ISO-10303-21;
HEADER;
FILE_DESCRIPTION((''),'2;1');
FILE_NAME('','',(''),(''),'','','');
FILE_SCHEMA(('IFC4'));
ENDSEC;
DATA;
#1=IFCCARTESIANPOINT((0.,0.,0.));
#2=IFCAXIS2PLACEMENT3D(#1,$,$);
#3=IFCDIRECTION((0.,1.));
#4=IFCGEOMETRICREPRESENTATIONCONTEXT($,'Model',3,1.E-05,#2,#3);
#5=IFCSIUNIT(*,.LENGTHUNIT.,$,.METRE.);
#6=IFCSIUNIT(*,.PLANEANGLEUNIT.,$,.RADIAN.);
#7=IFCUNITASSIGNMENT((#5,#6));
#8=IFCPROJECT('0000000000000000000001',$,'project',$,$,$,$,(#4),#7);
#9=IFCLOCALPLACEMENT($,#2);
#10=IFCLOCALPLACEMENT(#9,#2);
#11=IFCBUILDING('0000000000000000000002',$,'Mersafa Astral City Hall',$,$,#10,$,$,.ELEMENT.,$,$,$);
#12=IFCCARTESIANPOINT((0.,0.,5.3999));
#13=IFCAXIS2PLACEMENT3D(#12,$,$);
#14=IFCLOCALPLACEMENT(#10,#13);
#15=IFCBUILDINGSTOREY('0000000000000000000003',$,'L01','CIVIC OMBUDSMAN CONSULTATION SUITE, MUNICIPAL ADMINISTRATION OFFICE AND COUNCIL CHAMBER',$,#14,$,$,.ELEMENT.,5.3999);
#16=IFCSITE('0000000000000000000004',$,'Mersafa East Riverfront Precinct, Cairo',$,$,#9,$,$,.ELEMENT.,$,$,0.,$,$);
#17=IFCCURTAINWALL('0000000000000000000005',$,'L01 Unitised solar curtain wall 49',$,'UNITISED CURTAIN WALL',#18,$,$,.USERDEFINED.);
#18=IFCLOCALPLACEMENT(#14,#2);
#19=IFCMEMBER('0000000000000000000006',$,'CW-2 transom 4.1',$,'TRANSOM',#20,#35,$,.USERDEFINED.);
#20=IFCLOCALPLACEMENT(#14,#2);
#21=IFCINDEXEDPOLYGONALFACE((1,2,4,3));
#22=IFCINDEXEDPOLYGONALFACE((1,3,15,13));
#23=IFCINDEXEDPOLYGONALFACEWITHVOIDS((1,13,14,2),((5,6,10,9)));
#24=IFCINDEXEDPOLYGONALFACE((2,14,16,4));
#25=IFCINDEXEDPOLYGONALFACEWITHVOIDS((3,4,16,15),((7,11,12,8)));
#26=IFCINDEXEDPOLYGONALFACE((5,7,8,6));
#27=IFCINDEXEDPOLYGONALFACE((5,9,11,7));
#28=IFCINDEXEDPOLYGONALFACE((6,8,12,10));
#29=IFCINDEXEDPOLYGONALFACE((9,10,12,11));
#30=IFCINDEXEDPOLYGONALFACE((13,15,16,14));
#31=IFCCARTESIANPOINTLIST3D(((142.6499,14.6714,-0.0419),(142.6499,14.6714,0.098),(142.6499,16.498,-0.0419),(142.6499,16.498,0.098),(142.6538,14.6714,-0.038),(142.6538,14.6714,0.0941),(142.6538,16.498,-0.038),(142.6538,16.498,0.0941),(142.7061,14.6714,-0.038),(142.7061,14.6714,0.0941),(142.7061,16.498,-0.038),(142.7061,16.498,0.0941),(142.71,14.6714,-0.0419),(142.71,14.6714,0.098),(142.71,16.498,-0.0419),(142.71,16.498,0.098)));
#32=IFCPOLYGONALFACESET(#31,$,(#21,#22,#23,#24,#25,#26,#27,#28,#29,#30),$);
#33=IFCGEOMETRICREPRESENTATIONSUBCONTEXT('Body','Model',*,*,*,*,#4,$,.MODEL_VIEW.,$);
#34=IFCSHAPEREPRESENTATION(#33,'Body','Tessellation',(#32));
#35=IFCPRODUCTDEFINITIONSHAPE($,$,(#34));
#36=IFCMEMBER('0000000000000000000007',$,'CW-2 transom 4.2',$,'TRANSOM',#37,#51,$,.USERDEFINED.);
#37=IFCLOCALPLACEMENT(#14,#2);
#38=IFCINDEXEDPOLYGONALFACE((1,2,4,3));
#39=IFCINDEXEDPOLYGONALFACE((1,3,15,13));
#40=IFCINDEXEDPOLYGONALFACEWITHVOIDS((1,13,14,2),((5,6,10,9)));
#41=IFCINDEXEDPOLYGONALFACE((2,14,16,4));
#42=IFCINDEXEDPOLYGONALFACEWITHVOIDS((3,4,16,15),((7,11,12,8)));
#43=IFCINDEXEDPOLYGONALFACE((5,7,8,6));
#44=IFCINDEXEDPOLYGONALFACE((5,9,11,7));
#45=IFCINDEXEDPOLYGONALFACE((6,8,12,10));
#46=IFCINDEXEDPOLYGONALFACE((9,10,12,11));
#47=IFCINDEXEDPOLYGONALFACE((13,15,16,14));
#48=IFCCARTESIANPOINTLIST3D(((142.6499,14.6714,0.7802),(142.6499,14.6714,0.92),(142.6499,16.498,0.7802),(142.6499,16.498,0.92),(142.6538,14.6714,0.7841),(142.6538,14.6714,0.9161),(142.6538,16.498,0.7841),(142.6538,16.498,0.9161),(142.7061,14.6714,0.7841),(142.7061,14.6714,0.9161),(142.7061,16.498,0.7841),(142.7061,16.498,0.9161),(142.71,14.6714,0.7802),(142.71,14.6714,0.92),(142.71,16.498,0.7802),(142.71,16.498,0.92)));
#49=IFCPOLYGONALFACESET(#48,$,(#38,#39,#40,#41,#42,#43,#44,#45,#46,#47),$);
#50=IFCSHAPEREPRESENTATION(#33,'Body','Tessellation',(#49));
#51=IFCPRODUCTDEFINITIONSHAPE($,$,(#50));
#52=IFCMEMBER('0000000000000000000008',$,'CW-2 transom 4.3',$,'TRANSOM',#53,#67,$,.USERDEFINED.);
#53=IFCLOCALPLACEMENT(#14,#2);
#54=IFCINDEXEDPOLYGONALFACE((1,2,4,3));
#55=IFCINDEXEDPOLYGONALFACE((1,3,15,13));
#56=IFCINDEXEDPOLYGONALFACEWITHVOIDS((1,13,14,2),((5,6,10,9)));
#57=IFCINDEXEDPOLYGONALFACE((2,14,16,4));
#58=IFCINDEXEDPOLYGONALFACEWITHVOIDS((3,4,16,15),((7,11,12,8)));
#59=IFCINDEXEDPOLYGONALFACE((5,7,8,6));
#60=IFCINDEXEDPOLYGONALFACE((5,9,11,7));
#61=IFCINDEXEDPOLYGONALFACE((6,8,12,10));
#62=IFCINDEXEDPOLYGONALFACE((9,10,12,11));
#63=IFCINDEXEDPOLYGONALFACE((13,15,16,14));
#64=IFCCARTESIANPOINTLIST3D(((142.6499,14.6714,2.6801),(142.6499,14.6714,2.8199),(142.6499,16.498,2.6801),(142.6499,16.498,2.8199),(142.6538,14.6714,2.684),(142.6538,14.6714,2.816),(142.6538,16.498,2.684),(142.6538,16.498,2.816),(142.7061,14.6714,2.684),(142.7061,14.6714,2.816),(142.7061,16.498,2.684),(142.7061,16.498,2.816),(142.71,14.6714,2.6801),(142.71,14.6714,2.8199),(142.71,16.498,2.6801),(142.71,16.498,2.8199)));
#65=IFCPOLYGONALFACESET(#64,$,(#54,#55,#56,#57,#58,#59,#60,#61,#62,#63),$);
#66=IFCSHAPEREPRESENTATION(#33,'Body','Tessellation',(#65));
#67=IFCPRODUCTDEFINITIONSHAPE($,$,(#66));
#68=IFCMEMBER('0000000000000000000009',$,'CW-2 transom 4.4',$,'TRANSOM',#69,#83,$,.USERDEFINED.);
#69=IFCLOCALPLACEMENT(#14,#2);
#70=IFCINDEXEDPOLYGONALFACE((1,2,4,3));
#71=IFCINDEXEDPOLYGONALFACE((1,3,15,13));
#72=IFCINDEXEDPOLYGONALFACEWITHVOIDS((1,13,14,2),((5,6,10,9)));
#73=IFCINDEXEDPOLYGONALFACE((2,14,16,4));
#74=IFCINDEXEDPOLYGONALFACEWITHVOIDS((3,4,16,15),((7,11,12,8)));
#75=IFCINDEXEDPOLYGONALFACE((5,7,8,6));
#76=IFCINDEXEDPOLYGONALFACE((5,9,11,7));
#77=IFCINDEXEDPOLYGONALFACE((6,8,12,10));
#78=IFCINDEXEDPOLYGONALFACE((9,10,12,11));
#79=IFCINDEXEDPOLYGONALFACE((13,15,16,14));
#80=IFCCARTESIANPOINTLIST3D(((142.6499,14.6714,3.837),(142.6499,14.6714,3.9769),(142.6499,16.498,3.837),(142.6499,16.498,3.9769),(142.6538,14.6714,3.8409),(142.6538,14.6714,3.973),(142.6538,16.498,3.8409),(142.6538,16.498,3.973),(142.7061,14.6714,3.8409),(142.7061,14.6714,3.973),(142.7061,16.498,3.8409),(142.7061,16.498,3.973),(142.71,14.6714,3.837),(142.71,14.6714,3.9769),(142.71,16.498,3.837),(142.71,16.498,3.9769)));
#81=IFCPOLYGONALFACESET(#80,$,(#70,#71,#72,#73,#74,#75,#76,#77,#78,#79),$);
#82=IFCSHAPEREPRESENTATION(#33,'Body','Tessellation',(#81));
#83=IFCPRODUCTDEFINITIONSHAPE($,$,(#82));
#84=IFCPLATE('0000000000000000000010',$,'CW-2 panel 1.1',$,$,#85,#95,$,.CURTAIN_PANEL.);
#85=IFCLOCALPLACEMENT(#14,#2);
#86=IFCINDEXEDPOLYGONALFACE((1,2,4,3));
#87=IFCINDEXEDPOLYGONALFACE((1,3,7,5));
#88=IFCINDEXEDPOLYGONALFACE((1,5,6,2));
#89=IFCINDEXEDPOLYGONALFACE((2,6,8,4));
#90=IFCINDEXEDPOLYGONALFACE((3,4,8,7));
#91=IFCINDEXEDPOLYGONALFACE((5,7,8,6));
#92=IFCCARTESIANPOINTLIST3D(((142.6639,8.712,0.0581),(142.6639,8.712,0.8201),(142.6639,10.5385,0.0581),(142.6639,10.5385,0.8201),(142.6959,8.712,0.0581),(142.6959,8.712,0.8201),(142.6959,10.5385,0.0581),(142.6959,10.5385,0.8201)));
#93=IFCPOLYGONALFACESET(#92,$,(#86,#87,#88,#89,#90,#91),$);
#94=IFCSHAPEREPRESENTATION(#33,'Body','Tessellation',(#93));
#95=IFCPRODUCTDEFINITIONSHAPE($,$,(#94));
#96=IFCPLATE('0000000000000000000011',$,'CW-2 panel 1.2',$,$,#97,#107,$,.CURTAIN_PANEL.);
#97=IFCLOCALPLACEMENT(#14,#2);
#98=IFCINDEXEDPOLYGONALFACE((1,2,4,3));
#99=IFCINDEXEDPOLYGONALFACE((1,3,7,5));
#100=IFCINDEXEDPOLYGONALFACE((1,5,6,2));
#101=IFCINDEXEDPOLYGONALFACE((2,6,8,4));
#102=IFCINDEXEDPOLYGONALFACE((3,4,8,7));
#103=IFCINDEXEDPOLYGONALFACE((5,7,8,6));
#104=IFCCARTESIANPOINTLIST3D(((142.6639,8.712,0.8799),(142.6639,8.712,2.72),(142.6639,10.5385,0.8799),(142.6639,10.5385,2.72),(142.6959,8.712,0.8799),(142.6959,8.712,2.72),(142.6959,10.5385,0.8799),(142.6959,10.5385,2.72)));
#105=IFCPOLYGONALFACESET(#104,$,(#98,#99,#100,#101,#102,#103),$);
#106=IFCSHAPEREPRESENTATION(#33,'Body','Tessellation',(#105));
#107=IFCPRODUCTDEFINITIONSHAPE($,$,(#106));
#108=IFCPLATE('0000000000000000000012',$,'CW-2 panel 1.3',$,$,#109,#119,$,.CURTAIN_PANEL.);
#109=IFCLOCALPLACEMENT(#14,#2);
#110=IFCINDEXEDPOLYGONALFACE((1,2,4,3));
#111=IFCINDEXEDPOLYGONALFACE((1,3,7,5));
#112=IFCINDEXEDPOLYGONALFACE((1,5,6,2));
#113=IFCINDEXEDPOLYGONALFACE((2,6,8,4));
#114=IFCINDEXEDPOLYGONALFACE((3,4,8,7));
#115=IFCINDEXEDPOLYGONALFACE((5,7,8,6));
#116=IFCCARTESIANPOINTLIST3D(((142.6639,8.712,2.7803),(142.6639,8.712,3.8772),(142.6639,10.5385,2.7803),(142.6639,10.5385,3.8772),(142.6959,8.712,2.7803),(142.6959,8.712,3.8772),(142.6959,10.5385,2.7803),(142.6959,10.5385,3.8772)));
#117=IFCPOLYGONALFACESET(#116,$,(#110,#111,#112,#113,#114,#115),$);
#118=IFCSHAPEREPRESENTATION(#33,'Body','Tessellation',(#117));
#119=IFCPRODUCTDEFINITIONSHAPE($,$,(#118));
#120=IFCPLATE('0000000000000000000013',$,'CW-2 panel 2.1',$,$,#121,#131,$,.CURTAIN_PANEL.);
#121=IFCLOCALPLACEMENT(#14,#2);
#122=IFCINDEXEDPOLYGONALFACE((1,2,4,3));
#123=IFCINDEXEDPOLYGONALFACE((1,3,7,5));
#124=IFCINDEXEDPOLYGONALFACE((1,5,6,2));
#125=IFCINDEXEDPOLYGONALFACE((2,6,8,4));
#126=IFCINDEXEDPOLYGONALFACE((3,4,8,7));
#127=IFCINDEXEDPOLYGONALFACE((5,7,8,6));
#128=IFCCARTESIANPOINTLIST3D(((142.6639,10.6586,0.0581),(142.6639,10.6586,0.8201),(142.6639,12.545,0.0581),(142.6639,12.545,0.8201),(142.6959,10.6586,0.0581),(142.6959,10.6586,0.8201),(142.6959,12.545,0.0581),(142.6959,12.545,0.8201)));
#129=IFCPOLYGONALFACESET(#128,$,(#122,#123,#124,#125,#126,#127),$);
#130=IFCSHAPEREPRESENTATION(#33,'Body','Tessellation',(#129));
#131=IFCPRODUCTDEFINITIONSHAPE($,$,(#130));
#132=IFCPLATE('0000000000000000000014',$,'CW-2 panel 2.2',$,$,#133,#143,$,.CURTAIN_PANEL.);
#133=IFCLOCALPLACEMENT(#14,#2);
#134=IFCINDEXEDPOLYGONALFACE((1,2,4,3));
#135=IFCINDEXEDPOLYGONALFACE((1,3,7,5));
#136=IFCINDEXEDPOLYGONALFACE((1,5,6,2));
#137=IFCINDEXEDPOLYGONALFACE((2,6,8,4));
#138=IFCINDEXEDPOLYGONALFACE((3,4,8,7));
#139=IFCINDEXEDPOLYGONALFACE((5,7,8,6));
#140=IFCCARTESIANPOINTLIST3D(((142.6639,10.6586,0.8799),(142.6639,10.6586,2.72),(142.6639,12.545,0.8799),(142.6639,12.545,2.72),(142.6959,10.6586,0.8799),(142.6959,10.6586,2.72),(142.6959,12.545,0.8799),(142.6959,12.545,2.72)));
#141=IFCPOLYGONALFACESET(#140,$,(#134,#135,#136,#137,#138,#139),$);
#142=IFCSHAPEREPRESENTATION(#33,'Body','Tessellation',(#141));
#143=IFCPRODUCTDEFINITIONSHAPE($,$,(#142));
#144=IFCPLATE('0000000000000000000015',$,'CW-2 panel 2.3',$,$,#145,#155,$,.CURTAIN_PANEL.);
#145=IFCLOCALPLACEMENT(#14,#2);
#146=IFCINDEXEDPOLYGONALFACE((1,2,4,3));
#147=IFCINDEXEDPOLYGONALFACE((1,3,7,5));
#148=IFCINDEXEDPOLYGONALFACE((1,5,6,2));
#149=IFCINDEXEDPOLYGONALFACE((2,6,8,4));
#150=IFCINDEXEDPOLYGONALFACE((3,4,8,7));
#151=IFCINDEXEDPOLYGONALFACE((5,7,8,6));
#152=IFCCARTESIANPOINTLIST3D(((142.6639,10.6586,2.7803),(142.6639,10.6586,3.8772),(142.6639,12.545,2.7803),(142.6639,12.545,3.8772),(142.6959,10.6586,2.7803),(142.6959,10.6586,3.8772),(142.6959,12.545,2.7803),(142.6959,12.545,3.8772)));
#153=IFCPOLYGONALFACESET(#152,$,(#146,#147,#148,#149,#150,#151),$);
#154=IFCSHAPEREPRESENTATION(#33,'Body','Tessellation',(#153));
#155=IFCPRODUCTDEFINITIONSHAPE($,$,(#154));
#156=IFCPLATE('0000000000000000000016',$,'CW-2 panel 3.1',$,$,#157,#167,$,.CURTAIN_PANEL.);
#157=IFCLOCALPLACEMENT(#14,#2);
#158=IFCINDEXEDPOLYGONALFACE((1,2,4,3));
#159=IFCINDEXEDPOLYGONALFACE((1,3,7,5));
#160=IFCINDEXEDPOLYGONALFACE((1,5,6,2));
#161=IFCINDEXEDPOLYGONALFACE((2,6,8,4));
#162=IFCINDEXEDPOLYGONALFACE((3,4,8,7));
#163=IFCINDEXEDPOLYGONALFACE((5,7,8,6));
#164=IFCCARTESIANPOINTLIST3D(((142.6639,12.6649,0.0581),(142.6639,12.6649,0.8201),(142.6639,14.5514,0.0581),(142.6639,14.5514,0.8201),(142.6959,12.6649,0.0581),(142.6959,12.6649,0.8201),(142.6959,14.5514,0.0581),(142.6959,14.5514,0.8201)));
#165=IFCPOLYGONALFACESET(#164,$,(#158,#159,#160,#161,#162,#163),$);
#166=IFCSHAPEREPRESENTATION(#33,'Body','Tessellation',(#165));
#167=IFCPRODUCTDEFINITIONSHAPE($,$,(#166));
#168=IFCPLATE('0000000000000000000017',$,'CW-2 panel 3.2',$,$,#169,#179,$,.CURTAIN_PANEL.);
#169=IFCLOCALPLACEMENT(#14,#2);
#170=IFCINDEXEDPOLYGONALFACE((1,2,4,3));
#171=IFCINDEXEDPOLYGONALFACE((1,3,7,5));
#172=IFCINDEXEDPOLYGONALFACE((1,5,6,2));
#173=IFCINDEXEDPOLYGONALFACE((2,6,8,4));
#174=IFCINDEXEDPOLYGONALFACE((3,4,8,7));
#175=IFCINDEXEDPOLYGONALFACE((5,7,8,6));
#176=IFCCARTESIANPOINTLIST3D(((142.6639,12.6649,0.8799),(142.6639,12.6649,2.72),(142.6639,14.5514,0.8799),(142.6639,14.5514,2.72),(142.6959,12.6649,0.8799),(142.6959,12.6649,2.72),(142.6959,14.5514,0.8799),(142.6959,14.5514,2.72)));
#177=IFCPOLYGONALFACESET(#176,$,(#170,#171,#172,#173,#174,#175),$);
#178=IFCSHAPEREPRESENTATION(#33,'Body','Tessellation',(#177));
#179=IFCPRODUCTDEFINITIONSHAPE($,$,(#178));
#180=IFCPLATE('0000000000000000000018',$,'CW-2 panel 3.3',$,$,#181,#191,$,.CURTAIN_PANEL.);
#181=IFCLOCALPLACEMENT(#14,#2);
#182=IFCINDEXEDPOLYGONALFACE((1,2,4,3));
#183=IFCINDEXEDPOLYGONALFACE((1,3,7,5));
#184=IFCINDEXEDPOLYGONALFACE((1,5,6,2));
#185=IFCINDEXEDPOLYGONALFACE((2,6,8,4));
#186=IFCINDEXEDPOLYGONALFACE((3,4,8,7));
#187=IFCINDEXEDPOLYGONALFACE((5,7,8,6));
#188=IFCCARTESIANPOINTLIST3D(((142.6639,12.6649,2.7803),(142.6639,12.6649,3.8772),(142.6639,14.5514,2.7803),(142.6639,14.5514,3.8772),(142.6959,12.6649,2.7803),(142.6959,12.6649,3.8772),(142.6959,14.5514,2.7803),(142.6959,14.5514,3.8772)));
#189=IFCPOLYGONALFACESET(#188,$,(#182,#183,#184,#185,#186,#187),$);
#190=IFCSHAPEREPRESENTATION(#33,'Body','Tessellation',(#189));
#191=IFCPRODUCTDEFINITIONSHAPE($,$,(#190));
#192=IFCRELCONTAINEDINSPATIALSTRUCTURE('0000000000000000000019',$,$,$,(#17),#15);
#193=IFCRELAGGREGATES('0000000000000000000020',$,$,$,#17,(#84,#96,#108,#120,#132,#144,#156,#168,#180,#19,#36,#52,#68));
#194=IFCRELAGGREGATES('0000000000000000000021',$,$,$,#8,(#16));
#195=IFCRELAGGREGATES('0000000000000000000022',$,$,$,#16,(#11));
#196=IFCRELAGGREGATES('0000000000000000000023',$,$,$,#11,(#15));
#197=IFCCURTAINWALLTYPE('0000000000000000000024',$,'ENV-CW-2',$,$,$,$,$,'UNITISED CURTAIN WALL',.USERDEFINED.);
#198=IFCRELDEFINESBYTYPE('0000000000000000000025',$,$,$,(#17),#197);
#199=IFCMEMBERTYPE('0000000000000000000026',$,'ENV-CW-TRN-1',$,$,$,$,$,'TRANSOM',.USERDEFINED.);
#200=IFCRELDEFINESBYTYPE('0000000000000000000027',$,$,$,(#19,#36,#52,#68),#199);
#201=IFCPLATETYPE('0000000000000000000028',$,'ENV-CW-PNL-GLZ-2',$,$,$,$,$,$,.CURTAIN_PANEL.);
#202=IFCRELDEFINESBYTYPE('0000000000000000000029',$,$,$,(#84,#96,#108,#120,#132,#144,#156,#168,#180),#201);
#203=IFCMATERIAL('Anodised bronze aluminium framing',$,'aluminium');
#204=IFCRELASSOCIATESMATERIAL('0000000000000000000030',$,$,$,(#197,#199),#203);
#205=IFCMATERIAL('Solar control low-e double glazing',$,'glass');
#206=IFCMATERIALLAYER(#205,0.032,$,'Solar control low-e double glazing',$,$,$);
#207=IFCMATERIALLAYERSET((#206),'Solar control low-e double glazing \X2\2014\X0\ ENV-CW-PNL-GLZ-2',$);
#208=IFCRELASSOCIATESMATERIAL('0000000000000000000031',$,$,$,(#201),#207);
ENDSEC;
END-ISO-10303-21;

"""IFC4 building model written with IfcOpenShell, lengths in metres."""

from ifc_helpers import new_model, si_unit, direction, frame, origin, origin_2d, place, context, subcontext, project, spatial, rectangle, hollow_rectangle, extrude, material, layer, layer_set, material_profile, profile_set, type_object, element, aggregate, save


model = new_model("IFC4")

# Units and contexts
model_context = context("Model", 3, precision=1e-05, world=origin(), true_north=direction((0.0, 1.0)))
body_context = subcontext(model_context, "Body", "Model", "MODEL_VIEW")
ifc_project = project(units=[si_unit("LENGTHUNIT", "METRE"), si_unit("PLANEANGLEUNIT", "RADIAN")], contexts=[model_context])

# Site, building, storey
site_placement = place(None, origin())
site = spatial("IfcSite", under=ifc_project, at=site_placement, Name="Mersafa East Riverfront Precinct, Cairo", CompositionType="ELEMENT", RefElevation=0.0)
building_placement = place(site_placement, origin())
building = spatial("IfcBuilding", under=site, at=building_placement, Name="Mersafa Astral City Hall", CompositionType="ELEMENT")
storey_placement = place(building_placement, frame((0.0, 0.0, 5.3999)))
storey = spatial("IfcBuildingStorey", under=building, at=storey_placement, Name="L01", Description="CIVIC OMBUDSMAN CONSULTATION SUITE, MUNICIPAL ADMINISTRATION OFFICE AND COUNCIL CHAMBER", CompositionType="ELEMENT", Elevation=5.3999)

# Curtain wall, members, plates
ifc_material_1 = material(Name="Anodised bronze aluminium framing", Category="aluminium")
curtain_wall_type = type_object("IfcCurtainWallType", Name="ENV-CW-2", ElementType="UNITISED CURTAIN WALL", PredefinedType="USERDEFINED", material=ifc_material_1)
curtain_wall_placement = place(storey_placement, origin())
curtain_wall = element("IfcCurtainWall", 1, at=curtain_wall_placement, inside=storey, type_object=curtain_wall_type, Name="L01 Unitised solar curtain wall 49", ObjectType="UNITISED CURTAIN WALL", PredefinedType="USERDEFINED")
ifc_material_profile_1 = material_profile(ifc_material_1, hollow_rectangle(XDim=0.0601, YDim=0.1399, WallThickness=0.0039, at=origin_2d()), Name="RHS 60x140x4")
ifc_profile_set_1 = profile_set([ifc_material_profile_1], Name="Anodised bronze aluminium framing")
member_type_1 = type_object("IfcMemberType", Name="ENV-CW-TRN-1", ElementType="TRANSOM", PredefinedType="USERDEFINED", material=ifc_profile_set_1)
member_1_placement = place(storey_placement, frame((142.6799, 14.6714, 0.0281), z_axis=(0.0, 1.0, 0.0), x_axis=(-1.0, 0.0, 0.0)))
member_1 = element("IfcMember", 2, at=member_1_placement, type_object=member_type_1, Name="CW-2 transom 4.1", ObjectType="TRANSOM", PredefinedType="USERDEFINED", context=body_context, shape_type="SweptSolid", body=[
    extrude(hollow_rectangle(XDim=0.0601, YDim=0.1399, WallThickness=0.0039, at=origin_2d()), origin(), (0.0, 0.0, 1.0), 1.8267),
])
member_2_placement = place(storey_placement, frame((142.6799, 14.6714, 0.8501), z_axis=(0.0, 1.0, 0.0), x_axis=(-1.0, 0.0, 0.0)))
member_2 = element("IfcMember", 3, at=member_2_placement, type_object=member_type_1, Name="CW-2 transom 4.2", ObjectType="TRANSOM", PredefinedType="USERDEFINED", context=body_context, shape_type="SweptSolid", body=[
    extrude(hollow_rectangle(XDim=0.0601, YDim=0.1399, WallThickness=0.0039, at=origin_2d()), origin(), (0.0, 0.0, 1.0), 1.8267),
])
member_3_placement = place(storey_placement, frame((142.6799, 14.6714, 2.75), z_axis=(0.0, 1.0, 0.0), x_axis=(-1.0, 0.0, 0.0)))
member_3 = element("IfcMember", 4, at=member_3_placement, type_object=member_type_1, Name="CW-2 transom 4.3", ObjectType="TRANSOM", PredefinedType="USERDEFINED", context=body_context, shape_type="SweptSolid", body=[
    extrude(hollow_rectangle(XDim=0.0601, YDim=0.1399, WallThickness=0.0039, at=origin_2d()), origin(), (0.0, 0.0, 1.0), 1.8267),
])
member_4_placement = place(storey_placement, frame((142.6799, 14.6714, 3.907), z_axis=(0.0, 1.0, 0.0), x_axis=(-1.0, 0.0, 0.0)))
member_4 = element("IfcMember", 5, at=member_4_placement, type_object=member_type_1, Name="CW-2 transom 4.4", ObjectType="TRANSOM", PredefinedType="USERDEFINED", context=body_context, shape_type="SweptSolid", body=[
    extrude(hollow_rectangle(XDim=0.0601, YDim=0.1399, WallThickness=0.0039, at=origin_2d()), origin(), (0.0, 0.0, 1.0), 1.8267),
])
ifc_material_2 = material(Name="Solar control low-e double glazing", Category="glass")
ifc_layer = layer(ifc_material_2, 0.032, Name="Solar control low-e double glazing")
ifc_layer_set = layer_set([ifc_layer], Name="Solar control low-e double glazing — ENV-CW-PNL-GLZ-2")
plate_type = type_object("IfcPlateType", Name="ENV-CW-PNL-GLZ-2", PredefinedType="CURTAIN_PANEL", material=ifc_layer_set)
plate_1_placement = place(storey_placement, frame((142.6799, 9.6252, 0.0581), z_axis=(0.0, 0.0, 1.0), x_axis=(0.0, 1.0, 0.0)))
plate_1 = element("IfcPlate", 6, at=plate_1_placement, type_object=plate_type, Name="CW-2 panel 1.1", PredefinedType="CURTAIN_PANEL", context=body_context, shape_type="SweptSolid", body=[
    extrude(rectangle(XDim=1.8264, YDim=0.032, at=origin_2d()), origin(), (0.0, 0.0, 1.0), 0.762),
])
plate_2_placement = place(storey_placement, frame((142.6799, 9.6252, 0.8799), z_axis=(0.0, 0.0, 1.0), x_axis=(0.0, 1.0, 0.0)))
plate_2 = element("IfcPlate", 7, at=plate_2_placement, type_object=plate_type, Name="CW-2 panel 1.2", PredefinedType="CURTAIN_PANEL", context=body_context, shape_type="SweptSolid", body=[
    extrude(rectangle(XDim=1.8264, YDim=0.032, at=origin_2d()), origin(), (0.0, 0.0, 1.0), 1.8401),
])
plate_3_placement = place(storey_placement, frame((142.6799, 9.6252, 2.7803), z_axis=(0.0, 0.0, 1.0), x_axis=(0.0, 1.0, 0.0)))
plate_3 = element("IfcPlate", 8, at=plate_3_placement, type_object=plate_type, Name="CW-2 panel 1.3", PredefinedType="CURTAIN_PANEL", context=body_context, shape_type="SweptSolid", body=[
    extrude(rectangle(XDim=1.8264, YDim=0.032, at=origin_2d()), origin(), (0.0, 0.0, 1.0), 1.0969),
])
plate_4_placement = place(storey_placement, frame((142.6799, 11.6018, 0.0581), z_axis=(0.0, 0.0, 1.0), x_axis=(0.0, 1.0, 0.0)))
plate_4 = element("IfcPlate", 9, at=plate_4_placement, type_object=plate_type, Name="CW-2 panel 2.1", PredefinedType="CURTAIN_PANEL", context=body_context, shape_type="SweptSolid", body=[
    extrude(rectangle(XDim=1.8865, YDim=0.032, at=origin_2d()), origin(), (0.0, 0.0, 1.0), 0.762),
])
plate_5_placement = place(storey_placement, frame((142.6799, 11.6018, 0.8799), z_axis=(0.0, 0.0, 1.0), x_axis=(0.0, 1.0, 0.0)))
plate_5 = element("IfcPlate", 10, at=plate_5_placement, type_object=plate_type, Name="CW-2 panel 2.2", PredefinedType="CURTAIN_PANEL", context=body_context, shape_type="SweptSolid", body=[
    extrude(rectangle(XDim=1.8865, YDim=0.032, at=origin_2d()), origin(), (0.0, 0.0, 1.0), 1.8401),
])
plate_6_placement = place(storey_placement, frame((142.6799, 11.6018, 2.7803), z_axis=(0.0, 0.0, 1.0), x_axis=(0.0, 1.0, 0.0)))
plate_6 = element("IfcPlate", 11, at=plate_6_placement, type_object=plate_type, Name="CW-2 panel 2.3", PredefinedType="CURTAIN_PANEL", context=body_context, shape_type="SweptSolid", body=[
    extrude(rectangle(XDim=1.8865, YDim=0.032, at=origin_2d()), origin(), (0.0, 0.0, 1.0), 1.0969),
])
plate_7_placement = place(storey_placement, frame((142.6799, 13.6082, 0.0581), z_axis=(0.0, 0.0, 1.0), x_axis=(0.0, 1.0, 0.0)))
plate_7 = element("IfcPlate", 12, at=plate_7_placement, type_object=plate_type, Name="CW-2 panel 3.1", PredefinedType="CURTAIN_PANEL", context=body_context, shape_type="SweptSolid", body=[
    extrude(rectangle(XDim=1.8865, YDim=0.032, at=origin_2d()), origin(), (0.0, 0.0, 1.0), 0.762),
])
plate_8_placement = place(storey_placement, frame((142.6799, 13.6082, 0.8799), z_axis=(0.0, 0.0, 1.0), x_axis=(0.0, 1.0, 0.0)))
plate_8 = element("IfcPlate", 13, at=plate_8_placement, type_object=plate_type, Name="CW-2 panel 3.2", PredefinedType="CURTAIN_PANEL", context=body_context, shape_type="SweptSolid", body=[
    extrude(rectangle(XDim=1.8865, YDim=0.032, at=origin_2d()), origin(), (0.0, 0.0, 1.0), 1.8401),
])
plate_9_placement = place(storey_placement, frame((142.6799, 13.6082, 2.7803), z_axis=(0.0, 0.0, 1.0), x_axis=(0.0, 1.0, 0.0)))
plate_9 = element("IfcPlate", 14, at=plate_9_placement, type_object=plate_type, Name="CW-2 panel 3.3", PredefinedType="CURTAIN_PANEL", context=body_context, shape_type="SweptSolid", body=[
    extrude(rectangle(XDim=1.8865, YDim=0.032, at=origin_2d()), origin(), (0.0, 0.0, 1.0), 1.0969),
])
aggregate(curtain_wall, [plate_1, plate_2, plate_3, plate_4, plate_5, plate_6, plate_7, plate_8, plate_9, member_1, member_2, member_3, member_4])

save(model, "model.ifc")
